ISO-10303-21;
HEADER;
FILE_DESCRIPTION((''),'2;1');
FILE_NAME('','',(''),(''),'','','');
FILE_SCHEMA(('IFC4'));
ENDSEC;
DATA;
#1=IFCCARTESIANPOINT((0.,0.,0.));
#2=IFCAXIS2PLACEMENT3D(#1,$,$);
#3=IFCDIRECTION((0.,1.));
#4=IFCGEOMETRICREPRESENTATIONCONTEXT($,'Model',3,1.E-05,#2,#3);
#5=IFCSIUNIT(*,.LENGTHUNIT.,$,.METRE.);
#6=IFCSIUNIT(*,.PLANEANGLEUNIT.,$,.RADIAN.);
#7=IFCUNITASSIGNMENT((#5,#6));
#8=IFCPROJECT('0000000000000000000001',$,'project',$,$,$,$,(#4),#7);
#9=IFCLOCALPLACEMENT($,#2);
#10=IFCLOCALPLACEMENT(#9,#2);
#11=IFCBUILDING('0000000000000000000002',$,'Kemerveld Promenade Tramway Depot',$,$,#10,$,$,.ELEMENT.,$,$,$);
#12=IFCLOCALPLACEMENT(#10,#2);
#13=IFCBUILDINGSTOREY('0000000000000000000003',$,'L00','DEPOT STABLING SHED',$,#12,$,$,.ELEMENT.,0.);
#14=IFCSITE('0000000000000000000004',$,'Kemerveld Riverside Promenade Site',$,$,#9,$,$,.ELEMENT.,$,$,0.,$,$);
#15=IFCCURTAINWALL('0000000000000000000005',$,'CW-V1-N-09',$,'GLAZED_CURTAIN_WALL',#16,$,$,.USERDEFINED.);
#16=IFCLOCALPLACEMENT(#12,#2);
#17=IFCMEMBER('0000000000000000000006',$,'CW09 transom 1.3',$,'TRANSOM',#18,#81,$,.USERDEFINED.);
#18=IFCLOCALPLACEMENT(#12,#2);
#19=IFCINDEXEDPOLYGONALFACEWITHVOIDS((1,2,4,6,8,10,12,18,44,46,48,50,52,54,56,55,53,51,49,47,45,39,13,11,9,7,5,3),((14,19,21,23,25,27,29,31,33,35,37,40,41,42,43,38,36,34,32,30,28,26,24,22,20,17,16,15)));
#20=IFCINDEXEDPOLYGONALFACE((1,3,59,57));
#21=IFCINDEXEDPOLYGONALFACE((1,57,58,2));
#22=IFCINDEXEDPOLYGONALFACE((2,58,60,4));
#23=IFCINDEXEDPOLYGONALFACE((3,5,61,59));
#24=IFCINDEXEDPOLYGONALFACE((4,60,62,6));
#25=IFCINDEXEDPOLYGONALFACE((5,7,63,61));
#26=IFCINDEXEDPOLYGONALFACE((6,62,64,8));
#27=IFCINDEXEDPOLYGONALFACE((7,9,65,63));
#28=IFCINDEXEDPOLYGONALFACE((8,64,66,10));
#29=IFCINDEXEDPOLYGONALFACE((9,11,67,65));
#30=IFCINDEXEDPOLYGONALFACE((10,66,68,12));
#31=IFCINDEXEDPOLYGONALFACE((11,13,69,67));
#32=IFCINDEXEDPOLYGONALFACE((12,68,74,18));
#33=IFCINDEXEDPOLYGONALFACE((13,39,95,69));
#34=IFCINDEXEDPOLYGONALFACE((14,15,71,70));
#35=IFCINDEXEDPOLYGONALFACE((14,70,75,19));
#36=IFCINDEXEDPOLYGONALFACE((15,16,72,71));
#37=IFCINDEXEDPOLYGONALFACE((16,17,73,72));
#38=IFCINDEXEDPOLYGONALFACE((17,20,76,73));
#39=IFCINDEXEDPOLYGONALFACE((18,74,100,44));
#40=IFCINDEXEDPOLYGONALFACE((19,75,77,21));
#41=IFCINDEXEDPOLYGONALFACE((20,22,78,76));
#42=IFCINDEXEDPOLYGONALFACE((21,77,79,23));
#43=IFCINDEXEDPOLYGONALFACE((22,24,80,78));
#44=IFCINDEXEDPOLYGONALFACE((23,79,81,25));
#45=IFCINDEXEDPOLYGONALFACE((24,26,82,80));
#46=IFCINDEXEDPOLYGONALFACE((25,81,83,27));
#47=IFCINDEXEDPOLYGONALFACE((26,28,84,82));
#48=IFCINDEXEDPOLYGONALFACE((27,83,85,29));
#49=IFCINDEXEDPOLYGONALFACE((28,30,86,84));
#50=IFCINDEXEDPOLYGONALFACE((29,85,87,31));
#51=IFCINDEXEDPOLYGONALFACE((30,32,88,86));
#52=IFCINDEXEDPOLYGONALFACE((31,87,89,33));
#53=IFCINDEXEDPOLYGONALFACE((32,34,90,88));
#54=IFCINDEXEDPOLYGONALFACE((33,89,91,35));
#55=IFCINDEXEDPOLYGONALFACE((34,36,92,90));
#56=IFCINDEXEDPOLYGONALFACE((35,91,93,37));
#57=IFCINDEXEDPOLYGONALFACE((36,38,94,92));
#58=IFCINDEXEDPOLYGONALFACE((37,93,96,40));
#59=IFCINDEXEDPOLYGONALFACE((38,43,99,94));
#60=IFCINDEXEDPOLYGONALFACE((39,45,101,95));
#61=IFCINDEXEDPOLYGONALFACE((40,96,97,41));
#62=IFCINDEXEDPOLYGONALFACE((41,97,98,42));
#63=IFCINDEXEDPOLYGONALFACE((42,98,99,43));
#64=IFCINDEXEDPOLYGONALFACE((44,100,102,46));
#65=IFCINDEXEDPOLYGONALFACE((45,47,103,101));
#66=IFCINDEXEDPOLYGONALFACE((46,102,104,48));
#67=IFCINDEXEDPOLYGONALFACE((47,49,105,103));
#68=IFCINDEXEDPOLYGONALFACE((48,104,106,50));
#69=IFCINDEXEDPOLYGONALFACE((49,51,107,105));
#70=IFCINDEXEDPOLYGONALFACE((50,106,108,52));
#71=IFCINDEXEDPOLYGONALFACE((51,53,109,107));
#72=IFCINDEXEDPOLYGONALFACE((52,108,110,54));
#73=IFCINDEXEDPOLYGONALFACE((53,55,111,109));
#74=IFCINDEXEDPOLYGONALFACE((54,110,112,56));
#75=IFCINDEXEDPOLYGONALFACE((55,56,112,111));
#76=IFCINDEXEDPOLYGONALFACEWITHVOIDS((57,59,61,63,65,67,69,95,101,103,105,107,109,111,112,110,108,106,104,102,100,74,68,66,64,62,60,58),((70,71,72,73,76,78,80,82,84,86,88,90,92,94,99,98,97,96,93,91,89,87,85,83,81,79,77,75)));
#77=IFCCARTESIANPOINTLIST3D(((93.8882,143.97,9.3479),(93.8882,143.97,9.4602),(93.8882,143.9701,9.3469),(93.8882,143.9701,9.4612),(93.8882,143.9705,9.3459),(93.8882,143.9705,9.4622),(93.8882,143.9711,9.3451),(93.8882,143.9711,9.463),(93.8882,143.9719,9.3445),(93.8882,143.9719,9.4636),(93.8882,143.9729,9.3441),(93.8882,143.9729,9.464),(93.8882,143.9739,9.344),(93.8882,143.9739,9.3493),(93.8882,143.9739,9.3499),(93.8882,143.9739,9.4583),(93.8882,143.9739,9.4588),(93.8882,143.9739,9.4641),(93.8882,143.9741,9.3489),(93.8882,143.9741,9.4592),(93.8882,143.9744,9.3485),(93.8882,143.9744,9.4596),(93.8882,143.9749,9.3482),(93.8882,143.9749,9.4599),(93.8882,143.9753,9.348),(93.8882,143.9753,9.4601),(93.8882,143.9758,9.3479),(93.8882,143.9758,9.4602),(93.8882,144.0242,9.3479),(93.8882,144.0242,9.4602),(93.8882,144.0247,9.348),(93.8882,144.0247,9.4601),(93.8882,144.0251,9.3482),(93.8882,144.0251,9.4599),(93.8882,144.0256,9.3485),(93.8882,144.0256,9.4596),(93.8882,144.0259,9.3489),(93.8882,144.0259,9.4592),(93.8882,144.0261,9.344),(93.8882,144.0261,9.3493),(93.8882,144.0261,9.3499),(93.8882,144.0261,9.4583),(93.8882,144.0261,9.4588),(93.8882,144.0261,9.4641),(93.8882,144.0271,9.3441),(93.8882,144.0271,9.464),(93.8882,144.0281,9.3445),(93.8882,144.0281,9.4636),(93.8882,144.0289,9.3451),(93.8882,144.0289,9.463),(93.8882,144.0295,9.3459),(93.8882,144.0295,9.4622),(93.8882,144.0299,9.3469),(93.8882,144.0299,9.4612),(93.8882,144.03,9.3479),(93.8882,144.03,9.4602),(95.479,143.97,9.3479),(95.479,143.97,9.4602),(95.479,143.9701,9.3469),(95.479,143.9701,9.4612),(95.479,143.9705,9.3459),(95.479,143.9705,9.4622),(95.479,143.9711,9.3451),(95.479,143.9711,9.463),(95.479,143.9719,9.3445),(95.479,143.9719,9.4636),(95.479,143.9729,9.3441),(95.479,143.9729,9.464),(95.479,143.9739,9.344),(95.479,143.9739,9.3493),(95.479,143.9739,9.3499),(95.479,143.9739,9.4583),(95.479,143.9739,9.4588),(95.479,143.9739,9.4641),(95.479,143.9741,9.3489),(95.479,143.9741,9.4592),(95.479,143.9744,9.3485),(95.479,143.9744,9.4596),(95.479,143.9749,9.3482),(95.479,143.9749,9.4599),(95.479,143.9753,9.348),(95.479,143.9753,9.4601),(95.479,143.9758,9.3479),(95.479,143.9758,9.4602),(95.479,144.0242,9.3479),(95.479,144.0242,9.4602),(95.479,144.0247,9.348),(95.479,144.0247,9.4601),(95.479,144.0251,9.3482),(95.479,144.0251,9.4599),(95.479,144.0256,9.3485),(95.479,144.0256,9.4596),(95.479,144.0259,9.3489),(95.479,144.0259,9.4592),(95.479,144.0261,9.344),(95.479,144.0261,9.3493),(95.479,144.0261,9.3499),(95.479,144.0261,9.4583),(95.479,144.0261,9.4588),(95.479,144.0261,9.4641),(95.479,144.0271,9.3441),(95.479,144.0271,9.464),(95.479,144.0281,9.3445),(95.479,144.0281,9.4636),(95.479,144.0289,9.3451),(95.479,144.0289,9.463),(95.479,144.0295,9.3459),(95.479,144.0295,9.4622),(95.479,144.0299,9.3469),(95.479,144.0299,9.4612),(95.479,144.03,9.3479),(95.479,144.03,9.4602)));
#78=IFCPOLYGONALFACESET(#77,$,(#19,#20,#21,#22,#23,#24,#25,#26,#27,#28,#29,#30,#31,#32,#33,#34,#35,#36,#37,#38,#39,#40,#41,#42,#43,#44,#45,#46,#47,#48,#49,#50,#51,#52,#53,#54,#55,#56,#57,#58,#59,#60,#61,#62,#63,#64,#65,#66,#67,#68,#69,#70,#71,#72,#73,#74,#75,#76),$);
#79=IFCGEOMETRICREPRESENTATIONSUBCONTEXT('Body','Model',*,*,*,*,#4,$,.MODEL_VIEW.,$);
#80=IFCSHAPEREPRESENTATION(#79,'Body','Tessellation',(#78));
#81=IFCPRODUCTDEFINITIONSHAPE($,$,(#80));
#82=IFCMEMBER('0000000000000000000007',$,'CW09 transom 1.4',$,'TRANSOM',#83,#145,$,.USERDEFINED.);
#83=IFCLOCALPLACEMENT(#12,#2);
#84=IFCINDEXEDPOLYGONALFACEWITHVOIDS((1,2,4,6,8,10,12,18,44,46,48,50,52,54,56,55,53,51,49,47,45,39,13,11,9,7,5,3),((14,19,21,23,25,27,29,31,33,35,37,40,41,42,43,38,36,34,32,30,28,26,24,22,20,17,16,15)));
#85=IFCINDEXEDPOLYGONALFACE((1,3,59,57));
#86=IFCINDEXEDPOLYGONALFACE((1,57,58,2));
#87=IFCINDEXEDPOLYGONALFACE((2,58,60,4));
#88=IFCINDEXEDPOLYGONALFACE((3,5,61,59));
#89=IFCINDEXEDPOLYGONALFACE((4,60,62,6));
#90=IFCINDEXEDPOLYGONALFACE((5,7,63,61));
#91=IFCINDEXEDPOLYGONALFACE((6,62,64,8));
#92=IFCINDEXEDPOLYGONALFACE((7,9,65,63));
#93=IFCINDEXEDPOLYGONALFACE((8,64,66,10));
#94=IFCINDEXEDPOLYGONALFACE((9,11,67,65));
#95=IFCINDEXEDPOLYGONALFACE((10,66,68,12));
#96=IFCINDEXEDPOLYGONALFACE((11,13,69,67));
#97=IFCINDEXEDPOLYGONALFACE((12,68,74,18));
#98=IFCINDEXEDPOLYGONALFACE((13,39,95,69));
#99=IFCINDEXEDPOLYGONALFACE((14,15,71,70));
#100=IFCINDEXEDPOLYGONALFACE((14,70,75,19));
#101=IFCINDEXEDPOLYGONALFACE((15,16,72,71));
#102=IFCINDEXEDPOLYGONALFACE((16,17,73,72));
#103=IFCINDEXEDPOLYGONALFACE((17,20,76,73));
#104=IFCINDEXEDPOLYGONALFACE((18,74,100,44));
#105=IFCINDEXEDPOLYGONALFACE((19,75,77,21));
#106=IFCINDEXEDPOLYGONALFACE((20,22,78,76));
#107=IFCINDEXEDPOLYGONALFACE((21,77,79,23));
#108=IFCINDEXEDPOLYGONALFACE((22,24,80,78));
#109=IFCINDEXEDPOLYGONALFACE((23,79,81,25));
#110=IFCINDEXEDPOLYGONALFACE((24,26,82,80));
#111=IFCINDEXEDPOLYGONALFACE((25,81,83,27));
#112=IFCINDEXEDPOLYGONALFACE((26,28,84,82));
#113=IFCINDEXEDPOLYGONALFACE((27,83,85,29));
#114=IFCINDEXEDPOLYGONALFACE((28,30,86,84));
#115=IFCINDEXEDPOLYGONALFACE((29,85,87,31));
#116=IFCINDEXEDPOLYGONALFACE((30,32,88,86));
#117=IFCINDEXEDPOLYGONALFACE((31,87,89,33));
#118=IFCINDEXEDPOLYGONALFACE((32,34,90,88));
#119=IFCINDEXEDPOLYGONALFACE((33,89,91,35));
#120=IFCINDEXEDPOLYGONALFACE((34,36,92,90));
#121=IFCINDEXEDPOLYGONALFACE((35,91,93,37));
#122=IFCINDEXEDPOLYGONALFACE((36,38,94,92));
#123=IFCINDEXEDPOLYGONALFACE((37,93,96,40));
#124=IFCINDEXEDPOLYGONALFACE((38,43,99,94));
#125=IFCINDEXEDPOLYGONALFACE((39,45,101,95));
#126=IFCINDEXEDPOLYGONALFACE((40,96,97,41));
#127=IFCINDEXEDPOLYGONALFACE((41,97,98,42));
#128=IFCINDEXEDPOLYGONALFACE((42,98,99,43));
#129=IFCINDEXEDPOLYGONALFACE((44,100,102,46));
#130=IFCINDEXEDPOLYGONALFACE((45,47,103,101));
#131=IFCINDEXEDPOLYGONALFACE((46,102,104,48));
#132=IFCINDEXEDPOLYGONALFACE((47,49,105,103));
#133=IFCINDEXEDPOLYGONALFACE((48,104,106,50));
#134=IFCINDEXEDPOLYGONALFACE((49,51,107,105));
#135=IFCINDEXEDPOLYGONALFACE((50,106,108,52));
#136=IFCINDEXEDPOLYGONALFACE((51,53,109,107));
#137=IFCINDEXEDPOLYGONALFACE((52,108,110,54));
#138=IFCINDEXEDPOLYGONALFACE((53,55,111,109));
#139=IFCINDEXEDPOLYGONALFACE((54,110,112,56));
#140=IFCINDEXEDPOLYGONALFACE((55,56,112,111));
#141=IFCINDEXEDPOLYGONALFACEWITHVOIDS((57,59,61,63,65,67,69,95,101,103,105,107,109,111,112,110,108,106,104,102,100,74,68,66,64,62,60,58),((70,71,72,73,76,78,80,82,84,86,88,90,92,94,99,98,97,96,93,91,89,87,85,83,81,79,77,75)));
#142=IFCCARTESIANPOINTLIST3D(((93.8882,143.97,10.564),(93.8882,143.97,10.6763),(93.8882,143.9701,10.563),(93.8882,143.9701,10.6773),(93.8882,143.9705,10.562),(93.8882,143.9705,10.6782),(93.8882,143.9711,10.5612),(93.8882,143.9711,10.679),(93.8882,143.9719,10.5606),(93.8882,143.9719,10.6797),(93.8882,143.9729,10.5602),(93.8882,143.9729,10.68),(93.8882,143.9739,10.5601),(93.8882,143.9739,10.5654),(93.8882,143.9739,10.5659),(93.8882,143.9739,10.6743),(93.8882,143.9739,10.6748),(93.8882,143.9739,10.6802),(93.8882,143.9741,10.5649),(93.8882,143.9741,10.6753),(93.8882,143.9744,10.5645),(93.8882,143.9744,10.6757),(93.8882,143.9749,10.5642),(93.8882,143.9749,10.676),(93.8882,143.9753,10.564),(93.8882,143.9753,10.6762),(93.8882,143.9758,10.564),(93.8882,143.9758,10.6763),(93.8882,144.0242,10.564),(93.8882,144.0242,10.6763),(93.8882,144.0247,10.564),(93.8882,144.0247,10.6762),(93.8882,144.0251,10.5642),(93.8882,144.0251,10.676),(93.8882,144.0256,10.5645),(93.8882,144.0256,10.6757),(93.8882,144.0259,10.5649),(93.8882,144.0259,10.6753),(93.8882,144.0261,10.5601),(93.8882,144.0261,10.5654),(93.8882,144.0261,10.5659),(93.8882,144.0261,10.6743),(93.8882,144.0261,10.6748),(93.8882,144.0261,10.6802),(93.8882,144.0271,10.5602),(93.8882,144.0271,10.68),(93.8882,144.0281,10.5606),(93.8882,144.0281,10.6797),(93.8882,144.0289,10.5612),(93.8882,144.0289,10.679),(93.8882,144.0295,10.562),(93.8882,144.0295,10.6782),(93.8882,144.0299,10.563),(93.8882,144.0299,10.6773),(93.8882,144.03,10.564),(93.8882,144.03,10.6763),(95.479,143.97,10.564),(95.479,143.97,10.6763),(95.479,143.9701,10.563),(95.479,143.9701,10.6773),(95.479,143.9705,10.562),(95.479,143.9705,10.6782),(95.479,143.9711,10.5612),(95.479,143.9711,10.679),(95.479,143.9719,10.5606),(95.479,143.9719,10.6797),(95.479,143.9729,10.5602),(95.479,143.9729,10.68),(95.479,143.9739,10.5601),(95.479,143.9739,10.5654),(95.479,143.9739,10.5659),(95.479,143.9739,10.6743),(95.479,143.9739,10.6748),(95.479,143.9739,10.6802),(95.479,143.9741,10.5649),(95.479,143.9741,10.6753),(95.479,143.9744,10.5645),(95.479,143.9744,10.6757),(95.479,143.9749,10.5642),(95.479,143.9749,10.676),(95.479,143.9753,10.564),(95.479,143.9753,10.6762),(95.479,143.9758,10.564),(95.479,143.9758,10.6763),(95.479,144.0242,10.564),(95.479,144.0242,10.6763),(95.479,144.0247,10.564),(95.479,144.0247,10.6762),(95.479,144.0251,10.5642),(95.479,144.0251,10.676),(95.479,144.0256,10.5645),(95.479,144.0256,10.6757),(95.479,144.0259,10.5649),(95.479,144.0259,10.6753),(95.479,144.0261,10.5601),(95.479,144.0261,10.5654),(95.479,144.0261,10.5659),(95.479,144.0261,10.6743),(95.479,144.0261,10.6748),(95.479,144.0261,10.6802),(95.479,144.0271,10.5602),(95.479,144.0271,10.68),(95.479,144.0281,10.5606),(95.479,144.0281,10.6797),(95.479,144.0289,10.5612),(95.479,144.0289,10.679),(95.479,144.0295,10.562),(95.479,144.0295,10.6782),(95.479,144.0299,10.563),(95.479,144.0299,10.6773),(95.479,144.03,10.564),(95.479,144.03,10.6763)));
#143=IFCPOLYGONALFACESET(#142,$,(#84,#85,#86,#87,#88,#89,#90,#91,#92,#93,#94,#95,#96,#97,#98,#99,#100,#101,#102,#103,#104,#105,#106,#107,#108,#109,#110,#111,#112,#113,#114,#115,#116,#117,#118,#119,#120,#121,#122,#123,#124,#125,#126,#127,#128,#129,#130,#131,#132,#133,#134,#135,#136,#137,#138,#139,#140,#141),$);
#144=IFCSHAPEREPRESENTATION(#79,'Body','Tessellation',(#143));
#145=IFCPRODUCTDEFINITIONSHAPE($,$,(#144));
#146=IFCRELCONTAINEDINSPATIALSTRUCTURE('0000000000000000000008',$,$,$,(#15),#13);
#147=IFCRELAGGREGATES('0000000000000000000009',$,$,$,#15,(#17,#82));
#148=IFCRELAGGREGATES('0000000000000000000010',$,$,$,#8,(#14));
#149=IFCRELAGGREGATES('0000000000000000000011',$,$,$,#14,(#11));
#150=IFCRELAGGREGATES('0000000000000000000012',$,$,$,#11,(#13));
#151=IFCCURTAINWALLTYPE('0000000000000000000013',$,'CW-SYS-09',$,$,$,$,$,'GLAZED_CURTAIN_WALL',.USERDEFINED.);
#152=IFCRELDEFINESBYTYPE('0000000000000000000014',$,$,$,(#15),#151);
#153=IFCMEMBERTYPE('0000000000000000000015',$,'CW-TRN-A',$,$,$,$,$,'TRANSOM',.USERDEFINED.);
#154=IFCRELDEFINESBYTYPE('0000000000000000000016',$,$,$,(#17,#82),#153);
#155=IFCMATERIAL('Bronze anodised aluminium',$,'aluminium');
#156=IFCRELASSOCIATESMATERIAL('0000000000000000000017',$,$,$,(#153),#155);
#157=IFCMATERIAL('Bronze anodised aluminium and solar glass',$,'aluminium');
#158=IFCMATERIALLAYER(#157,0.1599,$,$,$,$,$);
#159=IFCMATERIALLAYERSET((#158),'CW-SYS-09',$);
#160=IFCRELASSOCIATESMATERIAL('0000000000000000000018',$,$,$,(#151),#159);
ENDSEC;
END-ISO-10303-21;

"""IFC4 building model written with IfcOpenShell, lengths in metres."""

from ifc_helpers import new_model, si_unit, direction, frame, origin, origin_2d, place, context, subcontext, project, spatial, hollow_rectangle, extrude, material, layer, layer_set, material_profile, profile_set, type_object, element, aggregate, save


model = new_model("IFC4")

# Units and contexts
model_context = context("Model", 3, precision=1e-05, world=origin(), true_north=direction((0.0, 1.0)))
body_context = subcontext(model_context, "Body", "Model", "MODEL_VIEW")
ifc_project = project(units=[si_unit("LENGTHUNIT", "METRE"), si_unit("PLANEANGLEUNIT", "RADIAN")], contexts=[model_context])

# Site, building, storey
site_placement = place(None, origin())
site = spatial("IfcSite", under=ifc_project, at=site_placement, Name="Kemerveld Riverside Promenade Site", CompositionType="ELEMENT", RefElevation=0.0)
building_placement = place(site_placement, origin())
building = spatial("IfcBuilding", under=site, at=building_placement, Name="Kemerveld Promenade Tramway Depot", CompositionType="ELEMENT")
storey_placement = place(building_placement, origin())
storey = spatial("IfcBuildingStorey", under=building, at=storey_placement, Name="L00", Description="DEPOT STABLING SHED", CompositionType="ELEMENT", Elevation=0.0)

# Curtain wall, members
ifc_material_1 = material(Name="Bronze anodised aluminium and solar glass", Category="aluminium")
ifc_material_2 = material(Name="Bronze anodised aluminium", Category="aluminium")
ifc_material_profile_1 = material_profile(ifc_material_2, hollow_rectangle(XDim=0.0601, YDim=0.1201, WallThickness=0.0039, InnerFilletRadius=0.002, OuterFilletRadius=0.0039, at=origin_2d()), Name="CW-TRN-120x60")
ifc_profile_set_1 = profile_set([ifc_material_profile_1], Name="Bronze anodised aluminium")
member_type_1 = type_object("IfcMemberType", Name="CW-TRN-A", ElementType="TRANSOM", PredefinedType="USERDEFINED", material=ifc_profile_set_1)
ifc_layer_1 = layer(ifc_material_1, 0.1599)
ifc_layer_set_1 = layer_set([ifc_layer_1], Name="CW-SYS-09")
curtain_wall_type_1 = type_object("IfcCurtainWallType", Name="CW-SYS-09", ElementType="GLAZED_CURTAIN_WALL", PredefinedType="USERDEFINED", material=ifc_layer_set_1)
curtain_wall_1_placement = place(storey_placement, origin())
curtain_wall_1 = element("IfcCurtainWall", 1, at=curtain_wall_1_placement, inside=storey, type_object=curtain_wall_type_1, Name="CW-V1-N-09", ObjectType="GLAZED_CURTAIN_WALL", PredefinedType="USERDEFINED")
member_1_placement = place(storey_placement, frame((93.8882, 144.0, 9.4041), z_axis=(1.0, 0.0, 0.0), x_axis=(0.0, 1.0, 0.0)))
member_1 = element("IfcMember", 2, at=member_1_placement, type_object=member_type_1, Name="CW09 transom 1.3", ObjectType="TRANSOM", PredefinedType="USERDEFINED", context=body_context, shape_type="SweptSolid", body=[
    extrude(hollow_rectangle(XDim=0.0601, YDim=0.1201, WallThickness=0.0039, InnerFilletRadius=0.002, OuterFilletRadius=0.0039, at=origin_2d()), origin(), (0.0, 0.0, 1.0), 1.5908),
])
member_2_placement = place(storey_placement, frame((93.8882, 144.0, 10.6201), z_axis=(1.0, 0.0, 0.0), x_axis=(0.0, 1.0, 0.0)))
member_2 = element("IfcMember", 3, at=member_2_placement, type_object=member_type_1, Name="CW09 transom 1.4", ObjectType="TRANSOM", PredefinedType="USERDEFINED", context=body_context, shape_type="SweptSolid", body=[
    extrude(hollow_rectangle(XDim=0.0601, YDim=0.1201, WallThickness=0.0039, InnerFilletRadius=0.002, OuterFilletRadius=0.0039, at=origin_2d()), origin(), (0.0, 0.0, 1.0), 1.5908),
])
aggregate(curtain_wall_1, [member_1, member_2])

save(model, "model.ifc")
